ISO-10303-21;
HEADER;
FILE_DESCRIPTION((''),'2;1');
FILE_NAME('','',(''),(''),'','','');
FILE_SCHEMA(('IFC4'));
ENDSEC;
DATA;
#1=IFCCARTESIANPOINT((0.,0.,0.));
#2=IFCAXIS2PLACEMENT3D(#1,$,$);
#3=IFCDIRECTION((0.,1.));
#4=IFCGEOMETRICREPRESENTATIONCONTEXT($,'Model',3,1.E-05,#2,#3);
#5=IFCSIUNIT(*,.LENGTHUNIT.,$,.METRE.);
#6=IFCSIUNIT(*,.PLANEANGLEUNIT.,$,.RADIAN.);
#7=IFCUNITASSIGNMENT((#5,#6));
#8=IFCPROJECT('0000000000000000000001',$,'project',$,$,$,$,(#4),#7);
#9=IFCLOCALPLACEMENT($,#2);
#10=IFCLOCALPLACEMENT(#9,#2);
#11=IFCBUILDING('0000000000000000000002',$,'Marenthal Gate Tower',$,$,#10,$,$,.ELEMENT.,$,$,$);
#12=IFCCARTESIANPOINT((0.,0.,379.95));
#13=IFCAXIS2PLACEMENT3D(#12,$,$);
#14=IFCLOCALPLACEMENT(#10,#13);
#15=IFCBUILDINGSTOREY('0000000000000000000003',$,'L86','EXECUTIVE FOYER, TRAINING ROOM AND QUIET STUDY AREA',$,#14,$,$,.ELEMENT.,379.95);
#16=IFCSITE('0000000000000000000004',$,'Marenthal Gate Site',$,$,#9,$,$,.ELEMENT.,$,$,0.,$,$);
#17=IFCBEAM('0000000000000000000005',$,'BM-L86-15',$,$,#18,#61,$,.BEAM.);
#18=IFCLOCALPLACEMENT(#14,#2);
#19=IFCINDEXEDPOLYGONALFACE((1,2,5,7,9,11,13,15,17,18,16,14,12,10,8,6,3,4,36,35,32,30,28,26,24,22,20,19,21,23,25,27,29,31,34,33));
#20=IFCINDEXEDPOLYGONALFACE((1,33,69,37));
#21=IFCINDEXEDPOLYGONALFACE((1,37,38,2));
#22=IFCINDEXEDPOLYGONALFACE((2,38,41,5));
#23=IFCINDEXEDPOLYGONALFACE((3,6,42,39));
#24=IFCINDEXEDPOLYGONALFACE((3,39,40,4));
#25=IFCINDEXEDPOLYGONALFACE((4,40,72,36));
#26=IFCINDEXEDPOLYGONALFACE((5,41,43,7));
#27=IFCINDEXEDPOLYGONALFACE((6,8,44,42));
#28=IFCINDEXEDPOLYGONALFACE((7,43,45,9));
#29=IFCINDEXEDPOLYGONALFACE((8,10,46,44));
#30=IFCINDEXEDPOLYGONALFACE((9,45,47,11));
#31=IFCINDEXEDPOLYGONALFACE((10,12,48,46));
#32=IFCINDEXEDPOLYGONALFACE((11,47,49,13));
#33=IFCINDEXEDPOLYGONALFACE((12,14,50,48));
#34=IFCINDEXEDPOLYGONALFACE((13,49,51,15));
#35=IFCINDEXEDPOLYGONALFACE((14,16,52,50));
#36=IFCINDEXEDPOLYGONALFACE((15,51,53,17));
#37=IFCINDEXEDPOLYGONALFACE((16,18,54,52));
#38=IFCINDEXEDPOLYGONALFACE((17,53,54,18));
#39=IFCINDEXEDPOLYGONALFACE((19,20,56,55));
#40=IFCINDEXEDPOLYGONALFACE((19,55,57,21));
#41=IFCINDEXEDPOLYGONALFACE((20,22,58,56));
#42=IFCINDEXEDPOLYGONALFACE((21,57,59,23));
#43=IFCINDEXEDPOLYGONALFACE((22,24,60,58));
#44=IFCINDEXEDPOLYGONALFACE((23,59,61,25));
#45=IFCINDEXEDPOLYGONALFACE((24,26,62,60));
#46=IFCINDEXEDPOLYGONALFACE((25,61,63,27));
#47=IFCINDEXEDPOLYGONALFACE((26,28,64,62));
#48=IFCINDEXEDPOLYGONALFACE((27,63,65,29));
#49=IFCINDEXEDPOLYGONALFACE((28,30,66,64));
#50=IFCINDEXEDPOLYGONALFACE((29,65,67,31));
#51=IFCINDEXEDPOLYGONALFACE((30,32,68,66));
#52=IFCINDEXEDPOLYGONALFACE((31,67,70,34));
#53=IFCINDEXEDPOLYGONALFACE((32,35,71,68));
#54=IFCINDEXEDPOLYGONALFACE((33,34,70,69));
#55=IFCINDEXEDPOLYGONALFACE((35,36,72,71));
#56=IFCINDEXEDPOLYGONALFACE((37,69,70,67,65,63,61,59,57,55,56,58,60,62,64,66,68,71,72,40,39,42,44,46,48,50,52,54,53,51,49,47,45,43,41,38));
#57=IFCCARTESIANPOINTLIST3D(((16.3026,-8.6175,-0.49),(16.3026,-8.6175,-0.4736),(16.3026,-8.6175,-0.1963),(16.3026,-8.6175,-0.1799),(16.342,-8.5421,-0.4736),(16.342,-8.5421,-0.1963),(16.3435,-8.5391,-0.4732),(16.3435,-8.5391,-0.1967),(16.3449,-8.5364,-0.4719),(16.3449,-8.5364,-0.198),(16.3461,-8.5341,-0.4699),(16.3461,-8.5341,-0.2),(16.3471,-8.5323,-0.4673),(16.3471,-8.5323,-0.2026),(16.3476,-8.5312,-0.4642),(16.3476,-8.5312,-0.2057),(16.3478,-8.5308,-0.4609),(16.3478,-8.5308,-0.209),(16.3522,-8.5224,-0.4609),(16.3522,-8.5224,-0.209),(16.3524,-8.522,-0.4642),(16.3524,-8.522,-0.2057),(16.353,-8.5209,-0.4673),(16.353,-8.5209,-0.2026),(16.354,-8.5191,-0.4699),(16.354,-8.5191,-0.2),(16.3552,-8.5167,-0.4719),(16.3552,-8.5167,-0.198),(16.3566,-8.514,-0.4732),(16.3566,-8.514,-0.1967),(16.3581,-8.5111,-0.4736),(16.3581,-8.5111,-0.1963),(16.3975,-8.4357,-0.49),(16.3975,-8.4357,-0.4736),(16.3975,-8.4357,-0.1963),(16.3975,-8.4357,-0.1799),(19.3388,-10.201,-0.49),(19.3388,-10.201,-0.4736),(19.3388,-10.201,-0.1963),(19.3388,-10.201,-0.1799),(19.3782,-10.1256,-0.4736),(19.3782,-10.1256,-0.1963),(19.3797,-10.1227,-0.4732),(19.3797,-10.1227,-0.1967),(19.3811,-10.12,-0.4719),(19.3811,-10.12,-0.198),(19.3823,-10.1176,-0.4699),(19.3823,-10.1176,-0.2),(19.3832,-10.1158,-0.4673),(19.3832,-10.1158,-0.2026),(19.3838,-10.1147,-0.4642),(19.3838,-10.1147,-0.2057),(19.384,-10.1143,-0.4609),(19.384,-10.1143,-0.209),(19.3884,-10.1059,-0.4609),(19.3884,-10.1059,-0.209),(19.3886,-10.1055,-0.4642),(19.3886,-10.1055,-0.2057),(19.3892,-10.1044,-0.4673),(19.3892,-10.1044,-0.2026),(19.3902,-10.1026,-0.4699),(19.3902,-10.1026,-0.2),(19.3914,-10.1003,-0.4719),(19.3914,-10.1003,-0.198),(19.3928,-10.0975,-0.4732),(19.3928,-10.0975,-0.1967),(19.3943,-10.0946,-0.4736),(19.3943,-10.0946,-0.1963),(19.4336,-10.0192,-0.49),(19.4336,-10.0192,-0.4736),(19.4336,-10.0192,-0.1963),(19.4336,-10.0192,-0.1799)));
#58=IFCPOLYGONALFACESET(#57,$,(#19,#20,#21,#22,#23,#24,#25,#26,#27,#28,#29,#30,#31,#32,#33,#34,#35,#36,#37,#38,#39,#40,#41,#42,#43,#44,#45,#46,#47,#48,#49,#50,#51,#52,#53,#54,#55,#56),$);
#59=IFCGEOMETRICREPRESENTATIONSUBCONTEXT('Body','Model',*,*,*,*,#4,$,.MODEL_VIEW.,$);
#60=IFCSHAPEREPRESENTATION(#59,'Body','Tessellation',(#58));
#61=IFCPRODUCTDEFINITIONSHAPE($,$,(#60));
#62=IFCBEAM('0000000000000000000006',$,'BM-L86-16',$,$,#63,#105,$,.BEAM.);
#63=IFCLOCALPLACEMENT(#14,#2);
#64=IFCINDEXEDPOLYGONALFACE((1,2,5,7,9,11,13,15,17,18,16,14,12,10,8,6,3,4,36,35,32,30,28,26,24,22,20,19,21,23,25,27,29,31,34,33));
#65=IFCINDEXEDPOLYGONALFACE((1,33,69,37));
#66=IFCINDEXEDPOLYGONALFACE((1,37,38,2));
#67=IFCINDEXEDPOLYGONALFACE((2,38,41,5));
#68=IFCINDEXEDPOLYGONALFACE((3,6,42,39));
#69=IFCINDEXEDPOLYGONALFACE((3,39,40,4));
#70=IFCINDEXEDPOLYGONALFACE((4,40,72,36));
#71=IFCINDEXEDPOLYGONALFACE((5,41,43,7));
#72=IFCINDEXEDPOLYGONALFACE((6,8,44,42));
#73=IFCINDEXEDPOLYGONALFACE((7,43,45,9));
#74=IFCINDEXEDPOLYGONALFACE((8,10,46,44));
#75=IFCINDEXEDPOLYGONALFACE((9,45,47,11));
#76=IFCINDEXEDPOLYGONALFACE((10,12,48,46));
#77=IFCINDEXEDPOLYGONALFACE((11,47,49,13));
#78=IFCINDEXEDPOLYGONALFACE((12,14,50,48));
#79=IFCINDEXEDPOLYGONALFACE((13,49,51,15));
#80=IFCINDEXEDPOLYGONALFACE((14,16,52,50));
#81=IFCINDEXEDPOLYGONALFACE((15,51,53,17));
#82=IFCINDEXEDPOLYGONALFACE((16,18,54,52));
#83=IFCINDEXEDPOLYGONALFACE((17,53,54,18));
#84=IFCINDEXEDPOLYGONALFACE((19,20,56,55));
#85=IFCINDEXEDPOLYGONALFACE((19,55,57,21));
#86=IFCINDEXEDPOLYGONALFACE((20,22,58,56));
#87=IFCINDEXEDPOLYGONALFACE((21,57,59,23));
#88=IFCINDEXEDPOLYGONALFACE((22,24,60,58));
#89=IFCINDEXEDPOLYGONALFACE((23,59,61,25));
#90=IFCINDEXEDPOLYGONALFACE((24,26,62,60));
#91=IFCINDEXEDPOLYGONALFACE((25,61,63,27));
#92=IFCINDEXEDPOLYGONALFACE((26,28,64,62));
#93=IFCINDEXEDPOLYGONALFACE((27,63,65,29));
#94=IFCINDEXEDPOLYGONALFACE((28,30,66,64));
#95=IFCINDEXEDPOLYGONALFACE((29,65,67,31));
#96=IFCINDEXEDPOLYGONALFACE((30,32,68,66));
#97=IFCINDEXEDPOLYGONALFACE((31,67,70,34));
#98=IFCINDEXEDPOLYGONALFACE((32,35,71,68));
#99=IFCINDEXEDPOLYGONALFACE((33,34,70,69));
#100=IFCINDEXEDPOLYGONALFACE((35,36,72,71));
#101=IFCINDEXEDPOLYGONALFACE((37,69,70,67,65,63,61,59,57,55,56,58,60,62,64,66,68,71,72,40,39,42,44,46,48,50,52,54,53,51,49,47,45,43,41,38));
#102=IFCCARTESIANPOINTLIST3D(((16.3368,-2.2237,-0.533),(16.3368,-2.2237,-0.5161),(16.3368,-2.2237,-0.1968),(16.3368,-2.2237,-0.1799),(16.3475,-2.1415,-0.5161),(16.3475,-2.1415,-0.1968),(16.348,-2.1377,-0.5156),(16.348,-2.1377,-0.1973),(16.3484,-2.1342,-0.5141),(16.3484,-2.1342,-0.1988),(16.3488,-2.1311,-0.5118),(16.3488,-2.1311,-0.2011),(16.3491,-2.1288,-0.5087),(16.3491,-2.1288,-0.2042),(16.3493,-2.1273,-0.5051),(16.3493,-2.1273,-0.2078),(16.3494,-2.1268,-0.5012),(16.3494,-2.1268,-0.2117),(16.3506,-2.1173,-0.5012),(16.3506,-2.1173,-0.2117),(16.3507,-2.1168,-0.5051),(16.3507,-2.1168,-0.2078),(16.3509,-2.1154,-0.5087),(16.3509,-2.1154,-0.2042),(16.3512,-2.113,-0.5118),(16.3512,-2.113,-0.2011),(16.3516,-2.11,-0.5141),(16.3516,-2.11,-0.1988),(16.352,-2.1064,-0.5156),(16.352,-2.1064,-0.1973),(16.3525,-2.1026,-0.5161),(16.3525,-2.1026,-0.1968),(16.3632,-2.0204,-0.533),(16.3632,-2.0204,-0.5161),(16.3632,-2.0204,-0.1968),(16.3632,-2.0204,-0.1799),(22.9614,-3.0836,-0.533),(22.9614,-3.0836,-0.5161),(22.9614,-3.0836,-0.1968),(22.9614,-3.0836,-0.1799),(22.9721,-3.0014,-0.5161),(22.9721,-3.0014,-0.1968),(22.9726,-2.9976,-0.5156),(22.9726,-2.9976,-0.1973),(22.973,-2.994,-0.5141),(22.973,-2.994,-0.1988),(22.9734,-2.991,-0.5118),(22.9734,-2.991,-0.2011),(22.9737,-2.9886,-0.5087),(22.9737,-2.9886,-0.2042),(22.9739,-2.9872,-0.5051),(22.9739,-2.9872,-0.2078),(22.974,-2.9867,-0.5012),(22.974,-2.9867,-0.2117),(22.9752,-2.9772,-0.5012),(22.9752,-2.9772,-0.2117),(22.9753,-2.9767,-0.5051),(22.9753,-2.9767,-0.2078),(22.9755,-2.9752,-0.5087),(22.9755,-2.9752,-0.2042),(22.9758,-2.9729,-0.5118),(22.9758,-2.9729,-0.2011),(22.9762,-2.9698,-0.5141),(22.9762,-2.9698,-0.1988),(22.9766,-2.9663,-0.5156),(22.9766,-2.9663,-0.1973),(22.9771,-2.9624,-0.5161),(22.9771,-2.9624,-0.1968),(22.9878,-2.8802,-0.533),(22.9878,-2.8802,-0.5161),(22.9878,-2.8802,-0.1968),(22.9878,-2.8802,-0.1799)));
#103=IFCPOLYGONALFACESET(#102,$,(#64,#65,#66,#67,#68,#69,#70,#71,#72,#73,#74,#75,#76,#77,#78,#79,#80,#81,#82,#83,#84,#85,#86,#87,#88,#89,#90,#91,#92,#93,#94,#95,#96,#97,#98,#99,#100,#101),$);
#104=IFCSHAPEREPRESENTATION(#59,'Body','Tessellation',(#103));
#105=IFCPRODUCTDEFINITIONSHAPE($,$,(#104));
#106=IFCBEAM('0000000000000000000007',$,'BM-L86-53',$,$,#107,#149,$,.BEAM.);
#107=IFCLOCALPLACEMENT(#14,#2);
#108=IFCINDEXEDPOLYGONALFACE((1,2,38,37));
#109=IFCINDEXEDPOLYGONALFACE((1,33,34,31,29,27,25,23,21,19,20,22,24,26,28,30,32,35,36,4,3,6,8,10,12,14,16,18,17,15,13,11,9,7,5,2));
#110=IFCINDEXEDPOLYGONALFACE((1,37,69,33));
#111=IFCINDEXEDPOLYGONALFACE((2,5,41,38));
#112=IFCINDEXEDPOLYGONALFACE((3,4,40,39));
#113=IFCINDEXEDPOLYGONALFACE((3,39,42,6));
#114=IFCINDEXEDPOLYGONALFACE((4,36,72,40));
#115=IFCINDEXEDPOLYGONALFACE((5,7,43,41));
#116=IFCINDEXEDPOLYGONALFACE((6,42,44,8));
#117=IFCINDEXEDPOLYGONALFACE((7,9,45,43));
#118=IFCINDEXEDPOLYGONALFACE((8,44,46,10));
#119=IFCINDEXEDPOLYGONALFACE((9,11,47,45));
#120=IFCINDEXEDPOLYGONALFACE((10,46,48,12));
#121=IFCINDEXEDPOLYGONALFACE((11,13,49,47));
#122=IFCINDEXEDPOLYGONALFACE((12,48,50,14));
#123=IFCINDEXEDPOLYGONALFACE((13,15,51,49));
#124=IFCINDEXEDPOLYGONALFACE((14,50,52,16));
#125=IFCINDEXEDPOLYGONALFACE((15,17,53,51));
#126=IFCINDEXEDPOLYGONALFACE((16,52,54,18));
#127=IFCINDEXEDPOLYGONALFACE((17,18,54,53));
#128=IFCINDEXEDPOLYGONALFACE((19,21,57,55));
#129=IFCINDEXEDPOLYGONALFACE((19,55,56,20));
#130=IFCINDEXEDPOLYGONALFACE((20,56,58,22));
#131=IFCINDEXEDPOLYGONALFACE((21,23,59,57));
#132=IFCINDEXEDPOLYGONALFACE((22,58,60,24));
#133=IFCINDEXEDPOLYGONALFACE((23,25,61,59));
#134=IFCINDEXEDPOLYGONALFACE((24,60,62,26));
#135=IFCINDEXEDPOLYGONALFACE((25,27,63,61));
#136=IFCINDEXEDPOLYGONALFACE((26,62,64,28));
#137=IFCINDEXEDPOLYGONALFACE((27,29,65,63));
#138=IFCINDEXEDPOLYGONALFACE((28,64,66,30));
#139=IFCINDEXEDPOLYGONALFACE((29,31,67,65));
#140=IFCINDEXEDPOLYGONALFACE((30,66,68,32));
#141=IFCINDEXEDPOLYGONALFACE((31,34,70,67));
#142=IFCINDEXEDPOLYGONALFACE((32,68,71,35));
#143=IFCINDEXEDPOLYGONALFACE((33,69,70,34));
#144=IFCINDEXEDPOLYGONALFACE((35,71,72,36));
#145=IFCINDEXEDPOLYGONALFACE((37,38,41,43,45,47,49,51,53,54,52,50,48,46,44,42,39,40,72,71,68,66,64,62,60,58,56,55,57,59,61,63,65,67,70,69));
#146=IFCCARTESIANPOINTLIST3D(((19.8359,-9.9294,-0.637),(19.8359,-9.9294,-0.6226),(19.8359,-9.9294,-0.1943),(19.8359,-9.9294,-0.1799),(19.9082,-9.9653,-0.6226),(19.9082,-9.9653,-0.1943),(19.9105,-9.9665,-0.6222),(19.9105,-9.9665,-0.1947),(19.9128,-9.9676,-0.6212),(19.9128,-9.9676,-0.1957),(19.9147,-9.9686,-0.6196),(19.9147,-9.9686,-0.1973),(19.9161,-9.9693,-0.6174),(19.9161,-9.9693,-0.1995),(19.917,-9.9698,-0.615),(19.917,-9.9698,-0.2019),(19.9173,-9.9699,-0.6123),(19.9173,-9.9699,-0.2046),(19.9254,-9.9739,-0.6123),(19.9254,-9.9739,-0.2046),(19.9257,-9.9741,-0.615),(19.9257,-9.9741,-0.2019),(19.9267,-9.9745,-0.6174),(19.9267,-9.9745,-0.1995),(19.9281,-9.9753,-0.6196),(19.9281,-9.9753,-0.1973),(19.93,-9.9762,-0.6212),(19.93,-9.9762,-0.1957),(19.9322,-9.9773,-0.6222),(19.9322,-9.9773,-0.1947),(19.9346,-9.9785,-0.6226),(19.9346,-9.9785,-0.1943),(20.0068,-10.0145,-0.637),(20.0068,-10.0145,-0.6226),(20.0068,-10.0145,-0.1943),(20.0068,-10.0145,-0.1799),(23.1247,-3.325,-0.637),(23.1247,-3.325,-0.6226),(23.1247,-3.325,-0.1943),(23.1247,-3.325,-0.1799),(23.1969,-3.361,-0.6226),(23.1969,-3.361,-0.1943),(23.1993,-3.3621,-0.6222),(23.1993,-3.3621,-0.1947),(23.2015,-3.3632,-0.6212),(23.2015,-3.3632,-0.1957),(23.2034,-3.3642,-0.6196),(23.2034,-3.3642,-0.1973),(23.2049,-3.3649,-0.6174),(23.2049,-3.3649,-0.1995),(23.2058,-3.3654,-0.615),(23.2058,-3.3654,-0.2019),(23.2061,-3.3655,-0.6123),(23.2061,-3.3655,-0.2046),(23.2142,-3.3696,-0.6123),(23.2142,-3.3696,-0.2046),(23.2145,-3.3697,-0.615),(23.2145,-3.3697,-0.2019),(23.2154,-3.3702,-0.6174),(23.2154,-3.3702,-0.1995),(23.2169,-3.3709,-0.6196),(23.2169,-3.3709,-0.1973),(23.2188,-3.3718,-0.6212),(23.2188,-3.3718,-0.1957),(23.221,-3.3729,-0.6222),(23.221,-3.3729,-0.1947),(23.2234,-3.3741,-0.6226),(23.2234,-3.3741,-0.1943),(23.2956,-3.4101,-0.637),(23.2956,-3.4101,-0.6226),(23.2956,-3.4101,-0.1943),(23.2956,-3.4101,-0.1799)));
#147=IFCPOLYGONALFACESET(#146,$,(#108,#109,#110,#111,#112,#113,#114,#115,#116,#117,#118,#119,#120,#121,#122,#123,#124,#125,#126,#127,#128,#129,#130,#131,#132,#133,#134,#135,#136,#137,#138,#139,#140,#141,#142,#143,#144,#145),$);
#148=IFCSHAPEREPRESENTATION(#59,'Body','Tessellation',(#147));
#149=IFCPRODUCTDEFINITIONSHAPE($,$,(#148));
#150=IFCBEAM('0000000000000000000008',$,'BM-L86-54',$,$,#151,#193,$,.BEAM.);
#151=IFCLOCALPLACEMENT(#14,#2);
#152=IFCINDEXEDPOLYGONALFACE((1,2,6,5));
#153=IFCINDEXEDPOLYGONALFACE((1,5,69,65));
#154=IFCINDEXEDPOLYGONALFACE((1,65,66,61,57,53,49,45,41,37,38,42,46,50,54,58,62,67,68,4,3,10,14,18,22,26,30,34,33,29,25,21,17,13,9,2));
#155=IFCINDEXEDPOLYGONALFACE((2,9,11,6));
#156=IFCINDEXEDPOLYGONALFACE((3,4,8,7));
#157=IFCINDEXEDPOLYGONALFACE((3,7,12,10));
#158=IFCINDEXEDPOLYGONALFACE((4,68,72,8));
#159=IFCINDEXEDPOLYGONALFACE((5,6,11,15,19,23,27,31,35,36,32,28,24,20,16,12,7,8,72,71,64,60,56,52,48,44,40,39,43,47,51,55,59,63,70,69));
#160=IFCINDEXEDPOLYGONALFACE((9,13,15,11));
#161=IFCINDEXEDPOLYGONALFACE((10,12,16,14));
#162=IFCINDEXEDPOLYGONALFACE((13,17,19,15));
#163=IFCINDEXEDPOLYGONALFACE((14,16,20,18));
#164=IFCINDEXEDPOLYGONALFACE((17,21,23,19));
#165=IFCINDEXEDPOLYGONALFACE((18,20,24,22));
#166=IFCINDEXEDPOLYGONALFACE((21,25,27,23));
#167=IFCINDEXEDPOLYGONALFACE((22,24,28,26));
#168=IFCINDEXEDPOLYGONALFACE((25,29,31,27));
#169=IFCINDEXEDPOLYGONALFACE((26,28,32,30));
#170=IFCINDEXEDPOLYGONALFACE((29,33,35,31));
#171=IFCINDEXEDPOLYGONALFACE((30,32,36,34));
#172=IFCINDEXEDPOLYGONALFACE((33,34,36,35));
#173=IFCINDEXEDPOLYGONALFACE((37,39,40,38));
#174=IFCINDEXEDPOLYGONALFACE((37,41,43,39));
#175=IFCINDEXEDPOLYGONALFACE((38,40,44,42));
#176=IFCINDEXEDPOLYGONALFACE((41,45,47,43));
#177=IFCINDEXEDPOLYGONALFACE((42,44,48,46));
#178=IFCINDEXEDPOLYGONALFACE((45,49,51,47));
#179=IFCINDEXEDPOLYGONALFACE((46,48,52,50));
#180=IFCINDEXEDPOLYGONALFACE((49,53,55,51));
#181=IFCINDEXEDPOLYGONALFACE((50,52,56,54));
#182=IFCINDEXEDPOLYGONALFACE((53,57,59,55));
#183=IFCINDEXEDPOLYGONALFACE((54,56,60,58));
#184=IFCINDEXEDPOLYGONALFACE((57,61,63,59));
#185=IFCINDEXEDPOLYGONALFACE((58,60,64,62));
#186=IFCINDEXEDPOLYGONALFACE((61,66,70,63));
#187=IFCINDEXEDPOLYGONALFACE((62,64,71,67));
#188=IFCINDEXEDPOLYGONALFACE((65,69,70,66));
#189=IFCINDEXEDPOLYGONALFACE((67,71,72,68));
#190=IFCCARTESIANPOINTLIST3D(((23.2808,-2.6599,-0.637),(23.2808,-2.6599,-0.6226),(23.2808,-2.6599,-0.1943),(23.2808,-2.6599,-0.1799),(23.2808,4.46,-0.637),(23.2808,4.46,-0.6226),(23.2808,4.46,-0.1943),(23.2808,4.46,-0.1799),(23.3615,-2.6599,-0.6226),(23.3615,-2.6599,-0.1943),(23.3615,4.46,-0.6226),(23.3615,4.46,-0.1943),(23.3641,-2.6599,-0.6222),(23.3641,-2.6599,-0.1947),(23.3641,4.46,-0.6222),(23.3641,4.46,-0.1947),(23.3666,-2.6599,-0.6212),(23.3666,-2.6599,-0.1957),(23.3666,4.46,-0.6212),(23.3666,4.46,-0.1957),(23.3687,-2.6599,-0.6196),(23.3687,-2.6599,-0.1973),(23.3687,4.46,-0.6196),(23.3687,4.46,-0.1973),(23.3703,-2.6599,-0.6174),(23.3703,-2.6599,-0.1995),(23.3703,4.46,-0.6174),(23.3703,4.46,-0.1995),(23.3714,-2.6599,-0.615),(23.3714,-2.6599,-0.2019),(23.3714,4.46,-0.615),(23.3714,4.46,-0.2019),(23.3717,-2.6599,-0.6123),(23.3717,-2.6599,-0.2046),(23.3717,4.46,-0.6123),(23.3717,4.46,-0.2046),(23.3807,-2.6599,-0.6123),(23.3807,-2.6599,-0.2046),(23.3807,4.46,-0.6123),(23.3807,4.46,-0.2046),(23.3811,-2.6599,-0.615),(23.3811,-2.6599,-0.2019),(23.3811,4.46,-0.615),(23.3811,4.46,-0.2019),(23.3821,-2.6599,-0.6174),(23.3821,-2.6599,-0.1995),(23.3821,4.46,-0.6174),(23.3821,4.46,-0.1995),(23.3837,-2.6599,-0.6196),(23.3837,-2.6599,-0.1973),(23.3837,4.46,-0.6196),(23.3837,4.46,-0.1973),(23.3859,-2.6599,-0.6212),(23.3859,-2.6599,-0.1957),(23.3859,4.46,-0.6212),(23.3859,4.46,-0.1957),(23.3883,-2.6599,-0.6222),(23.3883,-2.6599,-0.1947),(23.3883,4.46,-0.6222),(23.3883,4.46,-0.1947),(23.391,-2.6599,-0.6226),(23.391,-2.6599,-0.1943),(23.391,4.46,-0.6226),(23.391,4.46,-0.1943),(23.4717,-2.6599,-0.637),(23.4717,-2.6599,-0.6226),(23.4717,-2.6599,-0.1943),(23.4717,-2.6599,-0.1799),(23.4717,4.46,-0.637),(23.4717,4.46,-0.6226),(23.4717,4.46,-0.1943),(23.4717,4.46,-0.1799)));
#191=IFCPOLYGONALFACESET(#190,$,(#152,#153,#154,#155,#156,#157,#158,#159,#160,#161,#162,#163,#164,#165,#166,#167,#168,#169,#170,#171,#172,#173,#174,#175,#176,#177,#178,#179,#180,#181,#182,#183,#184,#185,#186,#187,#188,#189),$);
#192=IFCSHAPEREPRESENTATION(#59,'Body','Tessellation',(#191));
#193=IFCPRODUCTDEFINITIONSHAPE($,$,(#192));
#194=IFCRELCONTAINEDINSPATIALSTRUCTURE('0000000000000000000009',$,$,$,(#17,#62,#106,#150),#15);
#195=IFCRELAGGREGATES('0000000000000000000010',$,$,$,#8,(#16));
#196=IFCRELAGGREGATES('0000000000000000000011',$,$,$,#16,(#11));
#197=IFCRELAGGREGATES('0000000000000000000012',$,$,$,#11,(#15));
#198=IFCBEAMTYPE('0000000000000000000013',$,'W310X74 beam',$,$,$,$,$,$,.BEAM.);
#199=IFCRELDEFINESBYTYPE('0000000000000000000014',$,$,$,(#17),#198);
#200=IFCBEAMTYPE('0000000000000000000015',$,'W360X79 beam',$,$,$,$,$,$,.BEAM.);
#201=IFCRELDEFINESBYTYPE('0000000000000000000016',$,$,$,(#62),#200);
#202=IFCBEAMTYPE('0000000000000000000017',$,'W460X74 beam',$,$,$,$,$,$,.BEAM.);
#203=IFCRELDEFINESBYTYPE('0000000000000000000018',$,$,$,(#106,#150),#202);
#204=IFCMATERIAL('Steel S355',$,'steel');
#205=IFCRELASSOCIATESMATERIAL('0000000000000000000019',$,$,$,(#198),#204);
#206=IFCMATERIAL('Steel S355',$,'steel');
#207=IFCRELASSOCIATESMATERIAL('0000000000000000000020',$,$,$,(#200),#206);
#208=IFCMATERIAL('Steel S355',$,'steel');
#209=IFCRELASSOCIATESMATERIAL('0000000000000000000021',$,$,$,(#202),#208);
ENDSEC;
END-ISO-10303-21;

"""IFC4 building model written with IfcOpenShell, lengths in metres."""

from ifc_helpers import new_model, si_unit, direction, frame, origin, origin_2d, place, context, subcontext, project, spatial, i_section, extrude, material, material_profile, profile_set, type_object, element, save


model = new_model("IFC4")

# Units and contexts
model_context = context("Model", 3, precision=1e-05, world=origin(), true_north=direction((0.0, 1.0)))
body_context = subcontext(model_context, "Body", "Model", "MODEL_VIEW")
ifc_project = project(units=[si_unit("LENGTHUNIT", "METRE"), si_unit("PLANEANGLEUNIT", "RADIAN")], contexts=[model_context])

# Site, building, storey
site_placement = place(None, origin())
site = spatial("IfcSite", under=ifc_project, at=site_placement, Name="Marenthal Gate Site", CompositionType="ELEMENT", RefElevation=0.0)
building_placement = place(site_placement, origin())
building = spatial("IfcBuilding", under=site, at=building_placement, Name="Marenthal Gate Tower", CompositionType="ELEMENT")
storey_placement = place(building_placement, frame((0.0, 0.0, 379.95)))
storey = spatial("IfcBuildingStorey", under=building, at=storey_placement, Name="L86", Description="EXECUTIVE FOYER, TRAINING ROOM AND QUIET STUDY AREA", CompositionType="ELEMENT", Elevation=379.95)

# Beams
ifc_material_1 = material(Name="Steel S355", Category="steel")
ifc_material_profile_1 = material_profile(ifc_material_1, i_section(OverallWidth=0.2051, OverallDepth=0.3101, WebThickness=0.0095, FlangeThickness=0.0164, FilletRadius=0.0127, at=origin_2d()), Name="W310X74")
ifc_profile_set_1 = profile_set([ifc_material_profile_1], Name="Steel S355")
beam_type_1 = type_object("IfcBeamType", Name="W310X74 beam", PredefinedType="BEAM", material=ifc_profile_set_1)
beam_1_placement = place(storey_placement, frame((19.3862, -10.1101, -0.335), z_axis=(-0.886653, 0.462434, 0.0), x_axis=(-0.462434, -0.886653, 0.0)))
element("IfcBeam", 1, at=beam_1_placement, inside=storey, type_object=beam_type_1, Name="BM-L86-15", PredefinedType="BEAM", context=body_context, shape_type="SweptSolid", body=[
    extrude(i_section(OverallWidth=0.2051, OverallDepth=0.3101, WebThickness=0.0095, FlangeThickness=0.0164, FilletRadius=0.0127, at=origin_2d()), origin(), (0.0, 0.0, 1.0), 3.4243),
])
ifc_material_2 = material(Name="Steel S355", Category="steel")
ifc_material_profile_2 = material_profile(ifc_material_2, i_section(OverallWidth=0.2051, OverallDepth=0.353, WebThickness=0.0095, FlangeThickness=0.0168, FilletRadius=0.0149, at=origin_2d()), Name="W360X79")
ifc_profile_set_2 = profile_set([ifc_material_profile_2], Name="Steel S355")
beam_type_2 = type_object("IfcBeamType", Name="W360X79 beam", PredefinedType="BEAM", material=ifc_profile_set_2)
beam_2_placement = place(storey_placement, frame((22.9746, -2.9819, -0.3564), z_axis=(-0.991681, 0.12872, 0.0), x_axis=(-0.12872, -0.991681, 0.0)))
element("IfcBeam", 2, at=beam_2_placement, inside=storey, type_object=beam_type_2, Name="BM-L86-16", PredefinedType="BEAM", context=body_context, shape_type="SweptSolid", body=[
    extrude(i_section(OverallWidth=0.2051, OverallDepth=0.353, WebThickness=0.0095, FlangeThickness=0.0168, FilletRadius=0.0149, at=origin_2d()), origin(), (0.0, 0.0, 1.0), 6.6802),
])
ifc_material_3 = material(Name="Steel S355", Category="steel")
ifc_material_profile_3 = material_profile(ifc_material_3, i_section(OverallWidth=0.1909, OverallDepth=0.457, WebThickness=0.009, FlangeThickness=0.0144, FilletRadius=0.0103, at=origin_2d()), Name="W460X74")
ifc_profile_set_3 = profile_set([ifc_material_profile_3], Name="Steel S355")
beam_type_3 = type_object("IfcBeamType", Name="W460X74 beam", PredefinedType="BEAM", material=ifc_profile_set_3)
beam_3_placement = place(storey_placement, frame((19.9214, -9.9719, -0.4084), z_axis=(0.445757, 0.895154, 0.0), x_axis=(-0.895154, 0.445757, 0.0)))
element("IfcBeam", 3, at=beam_3_placement, inside=storey, type_object=beam_type_3, Name="BM-L86-53", PredefinedType="BEAM", context=body_context, shape_type="SweptSolid", body=[
    extrude(i_section(OverallWidth=0.1909, OverallDepth=0.457, WebThickness=0.009, FlangeThickness=0.0144, FilletRadius=0.0103, at=origin_2d()), origin(), (0.0, 0.0, 1.0), 7.3779),
])
beam_4_placement = place(storey_placement, frame((23.3762, -2.6599, -0.4084), z_axis=(0.0, 1.0, 0.0), x_axis=(-1.0, 0.0, 0.0)))
element("IfcBeam", 4, at=beam_4_placement, inside=storey, type_object=beam_type_3, Name="BM-L86-54", PredefinedType="BEAM", context=body_context, shape_type="SweptSolid", body=[
    extrude(i_section(OverallWidth=0.1909, OverallDepth=0.457, WebThickness=0.009, FlangeThickness=0.0144, FilletRadius=0.0103, at=origin_2d()), origin(), (0.0, 0.0, 1.0), 7.1199),
])

save(model, "model.ifc")
